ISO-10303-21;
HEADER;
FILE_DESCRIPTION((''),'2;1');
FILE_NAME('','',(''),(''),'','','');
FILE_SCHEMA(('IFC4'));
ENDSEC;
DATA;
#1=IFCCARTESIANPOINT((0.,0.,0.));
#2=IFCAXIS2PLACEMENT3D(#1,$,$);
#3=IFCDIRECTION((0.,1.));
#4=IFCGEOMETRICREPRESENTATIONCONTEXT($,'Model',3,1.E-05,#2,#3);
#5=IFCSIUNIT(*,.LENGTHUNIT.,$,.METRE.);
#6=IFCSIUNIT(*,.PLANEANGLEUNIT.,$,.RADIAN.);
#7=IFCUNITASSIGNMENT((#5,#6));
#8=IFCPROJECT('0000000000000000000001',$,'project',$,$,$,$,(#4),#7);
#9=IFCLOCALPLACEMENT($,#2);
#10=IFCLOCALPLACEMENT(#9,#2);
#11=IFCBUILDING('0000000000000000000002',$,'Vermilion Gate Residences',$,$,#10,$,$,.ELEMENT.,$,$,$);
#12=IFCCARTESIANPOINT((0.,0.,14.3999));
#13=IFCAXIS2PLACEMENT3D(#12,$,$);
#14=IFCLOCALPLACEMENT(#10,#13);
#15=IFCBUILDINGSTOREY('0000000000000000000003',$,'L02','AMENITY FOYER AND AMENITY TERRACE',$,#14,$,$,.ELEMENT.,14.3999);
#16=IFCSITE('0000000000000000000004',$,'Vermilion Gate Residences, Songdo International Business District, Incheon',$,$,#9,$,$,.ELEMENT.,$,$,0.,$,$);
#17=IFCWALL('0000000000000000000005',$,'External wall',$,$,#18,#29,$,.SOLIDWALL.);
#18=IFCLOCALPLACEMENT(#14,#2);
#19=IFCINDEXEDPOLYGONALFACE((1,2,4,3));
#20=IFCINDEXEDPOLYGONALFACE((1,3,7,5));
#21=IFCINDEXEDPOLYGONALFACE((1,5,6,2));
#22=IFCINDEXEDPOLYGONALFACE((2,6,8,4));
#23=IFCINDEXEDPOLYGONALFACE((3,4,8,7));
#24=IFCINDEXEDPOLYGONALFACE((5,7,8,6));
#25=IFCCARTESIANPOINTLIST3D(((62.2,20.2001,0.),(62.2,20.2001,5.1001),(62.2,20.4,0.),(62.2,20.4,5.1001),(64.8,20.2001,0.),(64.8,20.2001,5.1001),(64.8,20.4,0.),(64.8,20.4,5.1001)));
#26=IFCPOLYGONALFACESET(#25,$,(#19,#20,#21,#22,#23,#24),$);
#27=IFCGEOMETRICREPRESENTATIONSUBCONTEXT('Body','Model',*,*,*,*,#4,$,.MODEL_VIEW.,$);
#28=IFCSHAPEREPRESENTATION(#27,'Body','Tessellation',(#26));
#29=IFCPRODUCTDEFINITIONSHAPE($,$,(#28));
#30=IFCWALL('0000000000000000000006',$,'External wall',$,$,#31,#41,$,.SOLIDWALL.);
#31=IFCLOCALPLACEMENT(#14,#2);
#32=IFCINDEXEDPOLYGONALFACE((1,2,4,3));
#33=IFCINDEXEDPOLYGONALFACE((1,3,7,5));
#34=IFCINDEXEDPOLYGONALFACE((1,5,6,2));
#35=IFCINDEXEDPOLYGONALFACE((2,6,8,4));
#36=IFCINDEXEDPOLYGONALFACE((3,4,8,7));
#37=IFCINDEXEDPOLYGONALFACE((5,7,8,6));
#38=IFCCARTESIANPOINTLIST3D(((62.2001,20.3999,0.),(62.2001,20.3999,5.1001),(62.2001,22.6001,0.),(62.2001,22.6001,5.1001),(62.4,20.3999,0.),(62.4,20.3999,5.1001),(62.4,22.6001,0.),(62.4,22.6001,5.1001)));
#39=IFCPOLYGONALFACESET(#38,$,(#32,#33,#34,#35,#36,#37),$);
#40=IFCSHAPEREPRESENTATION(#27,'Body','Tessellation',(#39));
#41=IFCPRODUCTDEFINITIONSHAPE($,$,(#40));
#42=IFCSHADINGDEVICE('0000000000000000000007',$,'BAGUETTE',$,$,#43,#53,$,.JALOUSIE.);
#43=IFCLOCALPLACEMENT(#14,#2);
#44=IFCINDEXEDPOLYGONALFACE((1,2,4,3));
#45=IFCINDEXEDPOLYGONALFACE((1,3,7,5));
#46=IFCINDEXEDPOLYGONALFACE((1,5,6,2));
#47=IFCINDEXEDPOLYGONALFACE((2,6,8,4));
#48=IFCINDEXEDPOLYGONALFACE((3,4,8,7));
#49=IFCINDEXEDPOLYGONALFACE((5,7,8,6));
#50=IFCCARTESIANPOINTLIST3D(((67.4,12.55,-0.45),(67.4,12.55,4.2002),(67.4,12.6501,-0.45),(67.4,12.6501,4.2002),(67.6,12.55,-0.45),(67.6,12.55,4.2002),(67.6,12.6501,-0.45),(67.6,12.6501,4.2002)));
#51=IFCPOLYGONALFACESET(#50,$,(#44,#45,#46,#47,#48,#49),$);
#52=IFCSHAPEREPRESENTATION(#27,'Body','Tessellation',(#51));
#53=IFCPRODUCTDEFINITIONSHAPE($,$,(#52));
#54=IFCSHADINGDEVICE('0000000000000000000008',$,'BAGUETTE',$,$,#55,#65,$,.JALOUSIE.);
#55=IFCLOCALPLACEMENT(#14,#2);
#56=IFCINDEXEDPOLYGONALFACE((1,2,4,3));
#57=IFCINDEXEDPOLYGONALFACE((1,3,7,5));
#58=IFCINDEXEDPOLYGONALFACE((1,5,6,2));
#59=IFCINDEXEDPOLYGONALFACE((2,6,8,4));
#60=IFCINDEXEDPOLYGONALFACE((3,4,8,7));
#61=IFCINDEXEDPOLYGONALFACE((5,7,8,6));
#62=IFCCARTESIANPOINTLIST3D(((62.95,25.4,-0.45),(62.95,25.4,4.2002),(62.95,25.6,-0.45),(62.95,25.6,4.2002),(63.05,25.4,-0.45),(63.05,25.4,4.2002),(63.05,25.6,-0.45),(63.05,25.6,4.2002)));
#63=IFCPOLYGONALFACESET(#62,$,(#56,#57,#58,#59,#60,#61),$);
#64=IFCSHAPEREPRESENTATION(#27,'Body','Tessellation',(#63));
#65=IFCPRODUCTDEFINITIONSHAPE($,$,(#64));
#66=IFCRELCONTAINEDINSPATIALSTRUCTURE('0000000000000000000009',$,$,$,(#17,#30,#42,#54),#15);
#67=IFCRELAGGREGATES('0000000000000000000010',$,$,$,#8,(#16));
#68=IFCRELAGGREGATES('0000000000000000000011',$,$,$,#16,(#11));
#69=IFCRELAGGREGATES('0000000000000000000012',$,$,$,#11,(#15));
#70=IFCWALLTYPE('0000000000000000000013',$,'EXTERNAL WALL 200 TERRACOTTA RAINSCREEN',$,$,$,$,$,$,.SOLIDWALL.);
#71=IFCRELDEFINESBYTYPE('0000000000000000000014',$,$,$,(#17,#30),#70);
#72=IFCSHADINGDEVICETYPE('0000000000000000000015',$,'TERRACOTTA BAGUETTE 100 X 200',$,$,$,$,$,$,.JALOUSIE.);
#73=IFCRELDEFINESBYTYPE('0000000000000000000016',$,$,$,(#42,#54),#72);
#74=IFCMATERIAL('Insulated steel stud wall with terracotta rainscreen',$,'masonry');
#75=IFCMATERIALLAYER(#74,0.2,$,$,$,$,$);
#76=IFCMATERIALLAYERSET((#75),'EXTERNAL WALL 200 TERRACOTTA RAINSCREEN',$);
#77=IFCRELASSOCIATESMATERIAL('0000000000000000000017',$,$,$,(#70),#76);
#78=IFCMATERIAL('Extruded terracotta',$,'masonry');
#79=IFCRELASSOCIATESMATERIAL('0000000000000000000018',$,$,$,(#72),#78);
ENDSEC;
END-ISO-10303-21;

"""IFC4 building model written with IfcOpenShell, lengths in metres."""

from ifc_helpers import new_model, si_unit, direction, frame, frame_2d, origin, origin_2d, place, context, subcontext, project, spatial, rectangle, extrude, material, layer, layer_set, material_profile, profile_set, type_object, element, save


model = new_model("IFC4")

# Units and contexts
model_context = context("Model", 3, precision=1e-05, world=origin(), true_north=direction((0.0, 1.0)))
body_context = subcontext(model_context, "Body", "Model", "MODEL_VIEW")
ifc_project = project(units=[si_unit("LENGTHUNIT", "METRE"), si_unit("PLANEANGLEUNIT", "RADIAN")], contexts=[model_context])

# Site, building, storey
site_placement = place(None, origin())
site = spatial("IfcSite", under=ifc_project, at=site_placement, Name="Vermilion Gate Residences, Songdo International Business District, Incheon", CompositionType="ELEMENT", RefElevation=0.0)
building_placement = place(site_placement, origin())
building = spatial("IfcBuilding", under=site, at=building_placement, Name="Vermilion Gate Residences", CompositionType="ELEMENT")
storey_placement = place(building_placement, frame((0.0, 0.0, 14.3999)))
storey = spatial("IfcBuildingStorey", under=building, at=storey_placement, Name="L02", Description="AMENITY FOYER AND AMENITY TERRACE", CompositionType="ELEMENT", Elevation=14.3999)

# Walls
ifc_material_1 = material(Name="Insulated steel stud wall with terracotta rainscreen", Category="masonry")
ifc_layer_1 = layer(ifc_material_1, 0.2)
ifc_layer_set_1 = layer_set([ifc_layer_1], Name="EXTERNAL WALL 200 TERRACOTTA RAINSCREEN")
wall_type = type_object("IfcWallType", Name="EXTERNAL WALL 200 TERRACOTTA RAINSCREEN", PredefinedType="SOLIDWALL", material=ifc_layer_set_1)
wall_1_placement = place(storey_placement, frame((64.8, 20.3, 0.0), z_axis=(0.0, 0.0, 1.0), x_axis=(-1.0, 0.0, 0.0)))
element("IfcWall", 1, at=wall_1_placement, inside=storey, type_object=wall_type, Name="External wall", PredefinedType="SOLIDWALL", context=body_context, shape_type="SweptSolid", body=[
    extrude(rectangle(XDim=2.6001, YDim=0.2, at=frame_2d((1.3, 0.0))), origin(), (0.0, 0.0, 1.0), 5.1001),
])
wall_2_placement = place(storey_placement, frame((62.3, 20.3999, 0.0), z_axis=(0.0, 0.0, 1.0), x_axis=(0.0, 1.0, 0.0)))
element("IfcWall", 2, at=wall_2_placement, inside=storey, type_object=wall_type, Name="External wall", PredefinedType="SOLIDWALL", context=body_context, shape_type="SweptSolid", body=[
    extrude(rectangle(XDim=2.2002, YDim=0.2, at=frame_2d((1.1001, 0.0))), origin(), (0.0, 0.0, 1.0), 5.1001),
])

# Shading devices
ifc_material_2 = material(Name="Extruded terracotta", Category="masonry")
ifc_material_profile_1 = material_profile(ifc_material_2, rectangle(XDim=0.2, YDim=0.1001, at=origin_2d()), Name="BAGUETTE 100 X 200")
ifc_profile_set_1 = profile_set([ifc_material_profile_1], Name="Extruded terracotta")
shading_device_type = type_object("IfcShadingDeviceType", Name="TERRACOTTA BAGUETTE 100 X 200", PredefinedType="JALOUSIE", material=ifc_profile_set_1)
for number, where, z_axis, x_axis, name in (
    (3, (67.5, 12.6001, -0.45), (0.0, 0.0, 1.0), (-1.0, 0.0, 0.0), "BAGUETTE"),
    (4, (63.0, 25.5, -0.45), (0.0, 0.0, 1.0), (0.0, -1.0, 0.0), "BAGUETTE"),
):
    element("IfcShadingDevice", number, at=place(storey_placement, frame(where, z_axis=z_axis, x_axis=x_axis)), inside=storey, type_object=shading_device_type, Name=name, PredefinedType="JALOUSIE", context=body_context, shape_type="SweptSolid", body=[
        extrude(rectangle(XDim=0.2, YDim=0.1001, at=origin_2d()), origin(), (0.0, 0.0, 1.0), 4.6501),
    ])

save(model, "model.ifc")
